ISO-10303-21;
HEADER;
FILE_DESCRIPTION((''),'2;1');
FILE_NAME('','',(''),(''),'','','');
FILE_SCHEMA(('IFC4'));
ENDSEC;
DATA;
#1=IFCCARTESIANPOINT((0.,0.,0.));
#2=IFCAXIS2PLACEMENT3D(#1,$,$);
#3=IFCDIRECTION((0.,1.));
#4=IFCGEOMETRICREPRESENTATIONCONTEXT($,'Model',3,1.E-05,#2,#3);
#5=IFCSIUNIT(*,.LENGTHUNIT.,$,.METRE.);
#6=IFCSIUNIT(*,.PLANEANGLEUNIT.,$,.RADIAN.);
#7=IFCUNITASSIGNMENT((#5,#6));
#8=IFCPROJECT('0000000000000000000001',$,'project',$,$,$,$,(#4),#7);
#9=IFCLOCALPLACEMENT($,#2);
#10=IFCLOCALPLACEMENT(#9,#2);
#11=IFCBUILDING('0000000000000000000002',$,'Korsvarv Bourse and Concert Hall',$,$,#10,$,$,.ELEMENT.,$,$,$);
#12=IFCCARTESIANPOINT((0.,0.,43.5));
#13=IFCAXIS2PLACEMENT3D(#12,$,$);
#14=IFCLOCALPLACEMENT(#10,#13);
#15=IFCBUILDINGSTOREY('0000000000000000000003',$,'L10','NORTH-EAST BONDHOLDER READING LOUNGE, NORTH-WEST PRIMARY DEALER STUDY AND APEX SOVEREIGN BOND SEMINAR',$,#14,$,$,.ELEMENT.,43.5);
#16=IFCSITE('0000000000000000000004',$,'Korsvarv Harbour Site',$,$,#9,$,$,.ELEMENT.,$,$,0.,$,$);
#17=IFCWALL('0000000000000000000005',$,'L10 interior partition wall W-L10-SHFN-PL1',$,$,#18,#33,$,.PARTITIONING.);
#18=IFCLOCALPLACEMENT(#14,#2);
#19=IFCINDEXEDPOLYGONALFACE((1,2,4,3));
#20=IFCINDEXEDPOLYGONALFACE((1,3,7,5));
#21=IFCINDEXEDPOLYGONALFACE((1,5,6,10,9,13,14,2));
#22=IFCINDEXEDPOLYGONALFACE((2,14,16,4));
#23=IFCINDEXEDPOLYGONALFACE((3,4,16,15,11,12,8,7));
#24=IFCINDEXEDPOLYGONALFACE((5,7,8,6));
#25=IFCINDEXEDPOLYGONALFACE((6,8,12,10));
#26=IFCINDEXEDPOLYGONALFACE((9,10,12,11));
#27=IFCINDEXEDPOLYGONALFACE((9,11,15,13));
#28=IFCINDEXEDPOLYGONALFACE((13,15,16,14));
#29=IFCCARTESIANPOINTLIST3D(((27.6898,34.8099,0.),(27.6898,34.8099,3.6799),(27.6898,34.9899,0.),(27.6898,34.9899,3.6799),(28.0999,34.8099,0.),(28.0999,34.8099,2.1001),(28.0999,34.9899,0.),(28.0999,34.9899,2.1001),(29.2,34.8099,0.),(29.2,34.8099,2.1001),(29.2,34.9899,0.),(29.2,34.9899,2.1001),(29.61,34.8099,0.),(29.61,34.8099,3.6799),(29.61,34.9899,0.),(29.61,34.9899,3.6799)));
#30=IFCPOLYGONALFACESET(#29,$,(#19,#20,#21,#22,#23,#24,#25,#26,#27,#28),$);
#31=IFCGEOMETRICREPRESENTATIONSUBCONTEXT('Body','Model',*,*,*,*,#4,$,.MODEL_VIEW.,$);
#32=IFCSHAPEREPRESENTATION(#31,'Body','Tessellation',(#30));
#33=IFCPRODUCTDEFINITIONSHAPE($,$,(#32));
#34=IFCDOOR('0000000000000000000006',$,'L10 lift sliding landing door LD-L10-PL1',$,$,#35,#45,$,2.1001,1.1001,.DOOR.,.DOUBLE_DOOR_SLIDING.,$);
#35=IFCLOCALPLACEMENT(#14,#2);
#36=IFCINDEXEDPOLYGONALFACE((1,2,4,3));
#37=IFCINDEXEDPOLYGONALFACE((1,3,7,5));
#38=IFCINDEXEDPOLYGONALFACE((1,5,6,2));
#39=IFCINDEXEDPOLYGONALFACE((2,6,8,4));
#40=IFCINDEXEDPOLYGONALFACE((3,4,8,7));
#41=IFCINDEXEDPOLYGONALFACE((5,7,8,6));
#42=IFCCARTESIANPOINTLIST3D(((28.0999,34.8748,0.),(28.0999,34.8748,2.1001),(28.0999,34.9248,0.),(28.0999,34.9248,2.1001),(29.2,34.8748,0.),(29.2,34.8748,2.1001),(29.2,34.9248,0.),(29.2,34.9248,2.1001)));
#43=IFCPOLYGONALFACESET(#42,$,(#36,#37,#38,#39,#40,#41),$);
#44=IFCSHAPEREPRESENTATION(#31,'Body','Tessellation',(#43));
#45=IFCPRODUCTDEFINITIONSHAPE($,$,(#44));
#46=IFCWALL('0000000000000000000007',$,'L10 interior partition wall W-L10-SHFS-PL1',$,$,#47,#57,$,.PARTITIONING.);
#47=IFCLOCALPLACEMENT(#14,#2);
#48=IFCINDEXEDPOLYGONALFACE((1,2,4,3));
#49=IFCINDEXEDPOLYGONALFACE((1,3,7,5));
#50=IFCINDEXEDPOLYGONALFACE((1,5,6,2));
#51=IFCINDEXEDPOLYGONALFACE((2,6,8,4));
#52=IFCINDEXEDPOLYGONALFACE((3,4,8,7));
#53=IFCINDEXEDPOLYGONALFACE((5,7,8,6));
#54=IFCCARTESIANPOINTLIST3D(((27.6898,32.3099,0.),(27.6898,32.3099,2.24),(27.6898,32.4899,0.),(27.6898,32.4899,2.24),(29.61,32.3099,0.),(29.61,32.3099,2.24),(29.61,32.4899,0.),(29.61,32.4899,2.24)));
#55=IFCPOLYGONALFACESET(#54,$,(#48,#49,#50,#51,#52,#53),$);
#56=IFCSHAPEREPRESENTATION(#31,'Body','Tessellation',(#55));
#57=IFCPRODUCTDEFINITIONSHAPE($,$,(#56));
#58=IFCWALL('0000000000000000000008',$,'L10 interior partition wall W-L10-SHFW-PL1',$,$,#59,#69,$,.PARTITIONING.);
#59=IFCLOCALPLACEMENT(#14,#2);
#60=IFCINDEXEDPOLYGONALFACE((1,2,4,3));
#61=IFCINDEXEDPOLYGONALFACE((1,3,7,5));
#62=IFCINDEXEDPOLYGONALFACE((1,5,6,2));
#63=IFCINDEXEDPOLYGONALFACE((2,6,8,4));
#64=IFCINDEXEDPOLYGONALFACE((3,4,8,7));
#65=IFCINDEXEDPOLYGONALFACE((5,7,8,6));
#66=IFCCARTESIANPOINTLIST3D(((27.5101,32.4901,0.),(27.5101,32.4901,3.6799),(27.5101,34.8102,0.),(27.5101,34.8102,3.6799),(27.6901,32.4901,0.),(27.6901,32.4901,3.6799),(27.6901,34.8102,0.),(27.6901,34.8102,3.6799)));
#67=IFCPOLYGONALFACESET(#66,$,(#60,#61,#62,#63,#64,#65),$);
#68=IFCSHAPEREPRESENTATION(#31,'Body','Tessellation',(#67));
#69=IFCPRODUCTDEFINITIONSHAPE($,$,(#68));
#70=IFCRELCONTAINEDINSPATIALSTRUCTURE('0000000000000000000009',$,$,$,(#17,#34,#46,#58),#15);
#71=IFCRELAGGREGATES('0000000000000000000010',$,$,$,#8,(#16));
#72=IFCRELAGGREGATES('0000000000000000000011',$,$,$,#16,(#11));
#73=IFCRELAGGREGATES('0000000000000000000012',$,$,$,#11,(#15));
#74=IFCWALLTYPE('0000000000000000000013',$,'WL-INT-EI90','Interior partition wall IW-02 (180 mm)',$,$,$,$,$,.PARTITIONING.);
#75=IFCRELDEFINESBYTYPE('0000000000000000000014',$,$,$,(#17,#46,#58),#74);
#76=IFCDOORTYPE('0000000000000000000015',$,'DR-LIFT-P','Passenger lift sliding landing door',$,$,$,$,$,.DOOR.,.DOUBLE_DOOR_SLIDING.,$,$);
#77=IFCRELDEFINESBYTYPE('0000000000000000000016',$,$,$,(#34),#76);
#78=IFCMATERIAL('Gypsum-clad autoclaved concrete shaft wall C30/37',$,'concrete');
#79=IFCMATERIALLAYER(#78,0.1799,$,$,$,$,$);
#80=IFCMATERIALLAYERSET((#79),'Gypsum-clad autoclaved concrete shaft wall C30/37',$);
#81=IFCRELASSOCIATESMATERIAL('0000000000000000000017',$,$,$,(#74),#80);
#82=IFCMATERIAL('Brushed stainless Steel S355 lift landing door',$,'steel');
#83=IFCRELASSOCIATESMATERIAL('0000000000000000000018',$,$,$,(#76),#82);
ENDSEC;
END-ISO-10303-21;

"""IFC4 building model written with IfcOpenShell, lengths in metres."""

from ifc_helpers import new_model, si_unit, direction, frame, frame_2d, origin, place, context, subcontext, project, spatial, rectangle, extrude, material, layer, layer_set, type_object, element, fill, save


model = new_model("IFC4")

# Units and contexts
model_context = context("Model", 3, precision=1e-05, world=origin(), true_north=direction((0.0, 1.0)))
body_context = subcontext(model_context, "Body", "Model", "MODEL_VIEW")
ifc_project = project(units=[si_unit("LENGTHUNIT", "METRE"), si_unit("PLANEANGLEUNIT", "RADIAN")], contexts=[model_context])

# Site, building, storey
site_placement = place(None, origin())
site = spatial("IfcSite", under=ifc_project, at=site_placement, Name="Korsvarv Harbour Site", CompositionType="ELEMENT", RefElevation=0.0)
building_placement = place(site_placement, origin())
building = spatial("IfcBuilding", under=site, at=building_placement, Name="Korsvarv Bourse and Concert Hall", CompositionType="ELEMENT")
storey_placement = place(building_placement, frame((0.0, 0.0, 43.5)))
storey = spatial("IfcBuildingStorey", under=building, at=storey_placement, Name="L10", Description="NORTH-EAST BONDHOLDER READING LOUNGE, NORTH-WEST PRIMARY DEALER STUDY AND APEX SOVEREIGN BOND SEMINAR", CompositionType="ELEMENT", Elevation=43.5)

# Wall, opening, door
ifc_material_1 = material(Name="Gypsum-clad autoclaved concrete shaft wall C30/37", Category="concrete")
ifc_layer_1 = layer(ifc_material_1, 0.1799)
ifc_layer_set_1 = layer_set([ifc_layer_1], Name="Gypsum-clad autoclaved concrete shaft wall C30/37")
wall_type_1 = type_object("IfcWallType", Name="WL-INT-EI90", Description="Interior partition wall IW-02 (180 mm)", PredefinedType="PARTITIONING", material=ifc_layer_set_1)
wall_1_placement = place(storey_placement, frame((27.6899, 34.8999, 0.0), z_axis=(0.0, 0.0, 1.0), x_axis=(1.0, 0.0, 0.0)))
wall_1 = element("IfcWall", 1, at=wall_1_placement, inside=storey, type_object=wall_type_1, Name="L10 interior partition wall W-L10-SHFN-PL1", PredefinedType="PARTITIONING", context=body_context, shape_type="SweptSolid", body=[
    extrude(rectangle(XDim=1.9202, YDim=0.1799, at=frame_2d((0.96, 0.0))), origin(), (0.0, 0.0, 1.0), 3.6799),
])
opening_1_placement = place(wall_1_placement, frame((0.4099, 0.0, 0.0)))
opening_1 = element("IfcOpeningElement", 2, at=opening_1_placement, cuts=wall_1, PredefinedType="OPENING", context=body_context, shape_type="SweptSolid", body=[
    extrude(rectangle(XDim=1.1001, YDim=2.1001, at=frame_2d((0.55, 1.05))), frame((0.0, 0.1001, 0.0), z_axis=(0.0, -1.0, 0.0), x_axis=(1.0, 0.0, 0.0)), (0.0, 0.0, 1.0), 0.2),
])
ifc_material_2 = material(Name="Brushed stainless Steel S355 lift landing door", Category="steel")
door_type_1 = type_object("IfcDoorType", Name="DR-LIFT-P", Description="Passenger lift sliding landing door", OperationType="DOUBLE_DOOR_SLIDING", PredefinedType="DOOR", material=ifc_material_2)
door_1_placement = place(opening_1_placement, origin())
door_1 = element("IfcDoor", 3, at=door_1_placement, inside=storey, type_object=door_type_1, Name="L10 lift sliding landing door LD-L10-PL1", OperationType="DOUBLE_DOOR_SLIDING", OverallHeight=2.1001, OverallWidth=1.1001, PredefinedType="DOOR", context=body_context, shape_type="SweptSolid", body=[
    extrude(rectangle(XDim=1.1001, YDim=2.1001, at=frame_2d((0.55, 1.05))), frame((0.0, 0.0249, 0.0), z_axis=(0.0, -1.0, 0.0), x_axis=(1.0, 0.0, 0.0)), (0.0, 0.0, 1.0), 0.05),
])
fill(opening_1, door_1)

# Walls
wall_2_placement = place(storey_placement, frame((27.6899, 32.3999, 0.0), z_axis=(0.0, 0.0, 1.0), x_axis=(1.0, 0.0, 0.0)))
element("IfcWall", 4, at=wall_2_placement, inside=storey, type_object=wall_type_1, Name="L10 interior partition wall W-L10-SHFS-PL1", PredefinedType="PARTITIONING", context=body_context, shape_type="SweptSolid", body=[
    extrude(rectangle(XDim=1.9202, YDim=0.1799, at=frame_2d((0.96, 0.0))), origin(), (0.0, 0.0, 1.0), 2.24),
])
wall_3_placement = place(storey_placement, frame((27.6001, 32.49, 0.0), z_axis=(0.0, 0.0, 1.0), x_axis=(0.0, 1.0, 0.0)))
element("IfcWall", 5, at=wall_3_placement, inside=storey, type_object=wall_type_1, Name="L10 interior partition wall W-L10-SHFW-PL1", PredefinedType="PARTITIONING", context=body_context, shape_type="SweptSolid", body=[
    extrude(rectangle(XDim=2.3201, YDim=0.1799, at=frame_2d((1.1602, 0.0))), origin(), (0.0, 0.0, 1.0), 3.6799),
])

save(model, "model.ifc")
